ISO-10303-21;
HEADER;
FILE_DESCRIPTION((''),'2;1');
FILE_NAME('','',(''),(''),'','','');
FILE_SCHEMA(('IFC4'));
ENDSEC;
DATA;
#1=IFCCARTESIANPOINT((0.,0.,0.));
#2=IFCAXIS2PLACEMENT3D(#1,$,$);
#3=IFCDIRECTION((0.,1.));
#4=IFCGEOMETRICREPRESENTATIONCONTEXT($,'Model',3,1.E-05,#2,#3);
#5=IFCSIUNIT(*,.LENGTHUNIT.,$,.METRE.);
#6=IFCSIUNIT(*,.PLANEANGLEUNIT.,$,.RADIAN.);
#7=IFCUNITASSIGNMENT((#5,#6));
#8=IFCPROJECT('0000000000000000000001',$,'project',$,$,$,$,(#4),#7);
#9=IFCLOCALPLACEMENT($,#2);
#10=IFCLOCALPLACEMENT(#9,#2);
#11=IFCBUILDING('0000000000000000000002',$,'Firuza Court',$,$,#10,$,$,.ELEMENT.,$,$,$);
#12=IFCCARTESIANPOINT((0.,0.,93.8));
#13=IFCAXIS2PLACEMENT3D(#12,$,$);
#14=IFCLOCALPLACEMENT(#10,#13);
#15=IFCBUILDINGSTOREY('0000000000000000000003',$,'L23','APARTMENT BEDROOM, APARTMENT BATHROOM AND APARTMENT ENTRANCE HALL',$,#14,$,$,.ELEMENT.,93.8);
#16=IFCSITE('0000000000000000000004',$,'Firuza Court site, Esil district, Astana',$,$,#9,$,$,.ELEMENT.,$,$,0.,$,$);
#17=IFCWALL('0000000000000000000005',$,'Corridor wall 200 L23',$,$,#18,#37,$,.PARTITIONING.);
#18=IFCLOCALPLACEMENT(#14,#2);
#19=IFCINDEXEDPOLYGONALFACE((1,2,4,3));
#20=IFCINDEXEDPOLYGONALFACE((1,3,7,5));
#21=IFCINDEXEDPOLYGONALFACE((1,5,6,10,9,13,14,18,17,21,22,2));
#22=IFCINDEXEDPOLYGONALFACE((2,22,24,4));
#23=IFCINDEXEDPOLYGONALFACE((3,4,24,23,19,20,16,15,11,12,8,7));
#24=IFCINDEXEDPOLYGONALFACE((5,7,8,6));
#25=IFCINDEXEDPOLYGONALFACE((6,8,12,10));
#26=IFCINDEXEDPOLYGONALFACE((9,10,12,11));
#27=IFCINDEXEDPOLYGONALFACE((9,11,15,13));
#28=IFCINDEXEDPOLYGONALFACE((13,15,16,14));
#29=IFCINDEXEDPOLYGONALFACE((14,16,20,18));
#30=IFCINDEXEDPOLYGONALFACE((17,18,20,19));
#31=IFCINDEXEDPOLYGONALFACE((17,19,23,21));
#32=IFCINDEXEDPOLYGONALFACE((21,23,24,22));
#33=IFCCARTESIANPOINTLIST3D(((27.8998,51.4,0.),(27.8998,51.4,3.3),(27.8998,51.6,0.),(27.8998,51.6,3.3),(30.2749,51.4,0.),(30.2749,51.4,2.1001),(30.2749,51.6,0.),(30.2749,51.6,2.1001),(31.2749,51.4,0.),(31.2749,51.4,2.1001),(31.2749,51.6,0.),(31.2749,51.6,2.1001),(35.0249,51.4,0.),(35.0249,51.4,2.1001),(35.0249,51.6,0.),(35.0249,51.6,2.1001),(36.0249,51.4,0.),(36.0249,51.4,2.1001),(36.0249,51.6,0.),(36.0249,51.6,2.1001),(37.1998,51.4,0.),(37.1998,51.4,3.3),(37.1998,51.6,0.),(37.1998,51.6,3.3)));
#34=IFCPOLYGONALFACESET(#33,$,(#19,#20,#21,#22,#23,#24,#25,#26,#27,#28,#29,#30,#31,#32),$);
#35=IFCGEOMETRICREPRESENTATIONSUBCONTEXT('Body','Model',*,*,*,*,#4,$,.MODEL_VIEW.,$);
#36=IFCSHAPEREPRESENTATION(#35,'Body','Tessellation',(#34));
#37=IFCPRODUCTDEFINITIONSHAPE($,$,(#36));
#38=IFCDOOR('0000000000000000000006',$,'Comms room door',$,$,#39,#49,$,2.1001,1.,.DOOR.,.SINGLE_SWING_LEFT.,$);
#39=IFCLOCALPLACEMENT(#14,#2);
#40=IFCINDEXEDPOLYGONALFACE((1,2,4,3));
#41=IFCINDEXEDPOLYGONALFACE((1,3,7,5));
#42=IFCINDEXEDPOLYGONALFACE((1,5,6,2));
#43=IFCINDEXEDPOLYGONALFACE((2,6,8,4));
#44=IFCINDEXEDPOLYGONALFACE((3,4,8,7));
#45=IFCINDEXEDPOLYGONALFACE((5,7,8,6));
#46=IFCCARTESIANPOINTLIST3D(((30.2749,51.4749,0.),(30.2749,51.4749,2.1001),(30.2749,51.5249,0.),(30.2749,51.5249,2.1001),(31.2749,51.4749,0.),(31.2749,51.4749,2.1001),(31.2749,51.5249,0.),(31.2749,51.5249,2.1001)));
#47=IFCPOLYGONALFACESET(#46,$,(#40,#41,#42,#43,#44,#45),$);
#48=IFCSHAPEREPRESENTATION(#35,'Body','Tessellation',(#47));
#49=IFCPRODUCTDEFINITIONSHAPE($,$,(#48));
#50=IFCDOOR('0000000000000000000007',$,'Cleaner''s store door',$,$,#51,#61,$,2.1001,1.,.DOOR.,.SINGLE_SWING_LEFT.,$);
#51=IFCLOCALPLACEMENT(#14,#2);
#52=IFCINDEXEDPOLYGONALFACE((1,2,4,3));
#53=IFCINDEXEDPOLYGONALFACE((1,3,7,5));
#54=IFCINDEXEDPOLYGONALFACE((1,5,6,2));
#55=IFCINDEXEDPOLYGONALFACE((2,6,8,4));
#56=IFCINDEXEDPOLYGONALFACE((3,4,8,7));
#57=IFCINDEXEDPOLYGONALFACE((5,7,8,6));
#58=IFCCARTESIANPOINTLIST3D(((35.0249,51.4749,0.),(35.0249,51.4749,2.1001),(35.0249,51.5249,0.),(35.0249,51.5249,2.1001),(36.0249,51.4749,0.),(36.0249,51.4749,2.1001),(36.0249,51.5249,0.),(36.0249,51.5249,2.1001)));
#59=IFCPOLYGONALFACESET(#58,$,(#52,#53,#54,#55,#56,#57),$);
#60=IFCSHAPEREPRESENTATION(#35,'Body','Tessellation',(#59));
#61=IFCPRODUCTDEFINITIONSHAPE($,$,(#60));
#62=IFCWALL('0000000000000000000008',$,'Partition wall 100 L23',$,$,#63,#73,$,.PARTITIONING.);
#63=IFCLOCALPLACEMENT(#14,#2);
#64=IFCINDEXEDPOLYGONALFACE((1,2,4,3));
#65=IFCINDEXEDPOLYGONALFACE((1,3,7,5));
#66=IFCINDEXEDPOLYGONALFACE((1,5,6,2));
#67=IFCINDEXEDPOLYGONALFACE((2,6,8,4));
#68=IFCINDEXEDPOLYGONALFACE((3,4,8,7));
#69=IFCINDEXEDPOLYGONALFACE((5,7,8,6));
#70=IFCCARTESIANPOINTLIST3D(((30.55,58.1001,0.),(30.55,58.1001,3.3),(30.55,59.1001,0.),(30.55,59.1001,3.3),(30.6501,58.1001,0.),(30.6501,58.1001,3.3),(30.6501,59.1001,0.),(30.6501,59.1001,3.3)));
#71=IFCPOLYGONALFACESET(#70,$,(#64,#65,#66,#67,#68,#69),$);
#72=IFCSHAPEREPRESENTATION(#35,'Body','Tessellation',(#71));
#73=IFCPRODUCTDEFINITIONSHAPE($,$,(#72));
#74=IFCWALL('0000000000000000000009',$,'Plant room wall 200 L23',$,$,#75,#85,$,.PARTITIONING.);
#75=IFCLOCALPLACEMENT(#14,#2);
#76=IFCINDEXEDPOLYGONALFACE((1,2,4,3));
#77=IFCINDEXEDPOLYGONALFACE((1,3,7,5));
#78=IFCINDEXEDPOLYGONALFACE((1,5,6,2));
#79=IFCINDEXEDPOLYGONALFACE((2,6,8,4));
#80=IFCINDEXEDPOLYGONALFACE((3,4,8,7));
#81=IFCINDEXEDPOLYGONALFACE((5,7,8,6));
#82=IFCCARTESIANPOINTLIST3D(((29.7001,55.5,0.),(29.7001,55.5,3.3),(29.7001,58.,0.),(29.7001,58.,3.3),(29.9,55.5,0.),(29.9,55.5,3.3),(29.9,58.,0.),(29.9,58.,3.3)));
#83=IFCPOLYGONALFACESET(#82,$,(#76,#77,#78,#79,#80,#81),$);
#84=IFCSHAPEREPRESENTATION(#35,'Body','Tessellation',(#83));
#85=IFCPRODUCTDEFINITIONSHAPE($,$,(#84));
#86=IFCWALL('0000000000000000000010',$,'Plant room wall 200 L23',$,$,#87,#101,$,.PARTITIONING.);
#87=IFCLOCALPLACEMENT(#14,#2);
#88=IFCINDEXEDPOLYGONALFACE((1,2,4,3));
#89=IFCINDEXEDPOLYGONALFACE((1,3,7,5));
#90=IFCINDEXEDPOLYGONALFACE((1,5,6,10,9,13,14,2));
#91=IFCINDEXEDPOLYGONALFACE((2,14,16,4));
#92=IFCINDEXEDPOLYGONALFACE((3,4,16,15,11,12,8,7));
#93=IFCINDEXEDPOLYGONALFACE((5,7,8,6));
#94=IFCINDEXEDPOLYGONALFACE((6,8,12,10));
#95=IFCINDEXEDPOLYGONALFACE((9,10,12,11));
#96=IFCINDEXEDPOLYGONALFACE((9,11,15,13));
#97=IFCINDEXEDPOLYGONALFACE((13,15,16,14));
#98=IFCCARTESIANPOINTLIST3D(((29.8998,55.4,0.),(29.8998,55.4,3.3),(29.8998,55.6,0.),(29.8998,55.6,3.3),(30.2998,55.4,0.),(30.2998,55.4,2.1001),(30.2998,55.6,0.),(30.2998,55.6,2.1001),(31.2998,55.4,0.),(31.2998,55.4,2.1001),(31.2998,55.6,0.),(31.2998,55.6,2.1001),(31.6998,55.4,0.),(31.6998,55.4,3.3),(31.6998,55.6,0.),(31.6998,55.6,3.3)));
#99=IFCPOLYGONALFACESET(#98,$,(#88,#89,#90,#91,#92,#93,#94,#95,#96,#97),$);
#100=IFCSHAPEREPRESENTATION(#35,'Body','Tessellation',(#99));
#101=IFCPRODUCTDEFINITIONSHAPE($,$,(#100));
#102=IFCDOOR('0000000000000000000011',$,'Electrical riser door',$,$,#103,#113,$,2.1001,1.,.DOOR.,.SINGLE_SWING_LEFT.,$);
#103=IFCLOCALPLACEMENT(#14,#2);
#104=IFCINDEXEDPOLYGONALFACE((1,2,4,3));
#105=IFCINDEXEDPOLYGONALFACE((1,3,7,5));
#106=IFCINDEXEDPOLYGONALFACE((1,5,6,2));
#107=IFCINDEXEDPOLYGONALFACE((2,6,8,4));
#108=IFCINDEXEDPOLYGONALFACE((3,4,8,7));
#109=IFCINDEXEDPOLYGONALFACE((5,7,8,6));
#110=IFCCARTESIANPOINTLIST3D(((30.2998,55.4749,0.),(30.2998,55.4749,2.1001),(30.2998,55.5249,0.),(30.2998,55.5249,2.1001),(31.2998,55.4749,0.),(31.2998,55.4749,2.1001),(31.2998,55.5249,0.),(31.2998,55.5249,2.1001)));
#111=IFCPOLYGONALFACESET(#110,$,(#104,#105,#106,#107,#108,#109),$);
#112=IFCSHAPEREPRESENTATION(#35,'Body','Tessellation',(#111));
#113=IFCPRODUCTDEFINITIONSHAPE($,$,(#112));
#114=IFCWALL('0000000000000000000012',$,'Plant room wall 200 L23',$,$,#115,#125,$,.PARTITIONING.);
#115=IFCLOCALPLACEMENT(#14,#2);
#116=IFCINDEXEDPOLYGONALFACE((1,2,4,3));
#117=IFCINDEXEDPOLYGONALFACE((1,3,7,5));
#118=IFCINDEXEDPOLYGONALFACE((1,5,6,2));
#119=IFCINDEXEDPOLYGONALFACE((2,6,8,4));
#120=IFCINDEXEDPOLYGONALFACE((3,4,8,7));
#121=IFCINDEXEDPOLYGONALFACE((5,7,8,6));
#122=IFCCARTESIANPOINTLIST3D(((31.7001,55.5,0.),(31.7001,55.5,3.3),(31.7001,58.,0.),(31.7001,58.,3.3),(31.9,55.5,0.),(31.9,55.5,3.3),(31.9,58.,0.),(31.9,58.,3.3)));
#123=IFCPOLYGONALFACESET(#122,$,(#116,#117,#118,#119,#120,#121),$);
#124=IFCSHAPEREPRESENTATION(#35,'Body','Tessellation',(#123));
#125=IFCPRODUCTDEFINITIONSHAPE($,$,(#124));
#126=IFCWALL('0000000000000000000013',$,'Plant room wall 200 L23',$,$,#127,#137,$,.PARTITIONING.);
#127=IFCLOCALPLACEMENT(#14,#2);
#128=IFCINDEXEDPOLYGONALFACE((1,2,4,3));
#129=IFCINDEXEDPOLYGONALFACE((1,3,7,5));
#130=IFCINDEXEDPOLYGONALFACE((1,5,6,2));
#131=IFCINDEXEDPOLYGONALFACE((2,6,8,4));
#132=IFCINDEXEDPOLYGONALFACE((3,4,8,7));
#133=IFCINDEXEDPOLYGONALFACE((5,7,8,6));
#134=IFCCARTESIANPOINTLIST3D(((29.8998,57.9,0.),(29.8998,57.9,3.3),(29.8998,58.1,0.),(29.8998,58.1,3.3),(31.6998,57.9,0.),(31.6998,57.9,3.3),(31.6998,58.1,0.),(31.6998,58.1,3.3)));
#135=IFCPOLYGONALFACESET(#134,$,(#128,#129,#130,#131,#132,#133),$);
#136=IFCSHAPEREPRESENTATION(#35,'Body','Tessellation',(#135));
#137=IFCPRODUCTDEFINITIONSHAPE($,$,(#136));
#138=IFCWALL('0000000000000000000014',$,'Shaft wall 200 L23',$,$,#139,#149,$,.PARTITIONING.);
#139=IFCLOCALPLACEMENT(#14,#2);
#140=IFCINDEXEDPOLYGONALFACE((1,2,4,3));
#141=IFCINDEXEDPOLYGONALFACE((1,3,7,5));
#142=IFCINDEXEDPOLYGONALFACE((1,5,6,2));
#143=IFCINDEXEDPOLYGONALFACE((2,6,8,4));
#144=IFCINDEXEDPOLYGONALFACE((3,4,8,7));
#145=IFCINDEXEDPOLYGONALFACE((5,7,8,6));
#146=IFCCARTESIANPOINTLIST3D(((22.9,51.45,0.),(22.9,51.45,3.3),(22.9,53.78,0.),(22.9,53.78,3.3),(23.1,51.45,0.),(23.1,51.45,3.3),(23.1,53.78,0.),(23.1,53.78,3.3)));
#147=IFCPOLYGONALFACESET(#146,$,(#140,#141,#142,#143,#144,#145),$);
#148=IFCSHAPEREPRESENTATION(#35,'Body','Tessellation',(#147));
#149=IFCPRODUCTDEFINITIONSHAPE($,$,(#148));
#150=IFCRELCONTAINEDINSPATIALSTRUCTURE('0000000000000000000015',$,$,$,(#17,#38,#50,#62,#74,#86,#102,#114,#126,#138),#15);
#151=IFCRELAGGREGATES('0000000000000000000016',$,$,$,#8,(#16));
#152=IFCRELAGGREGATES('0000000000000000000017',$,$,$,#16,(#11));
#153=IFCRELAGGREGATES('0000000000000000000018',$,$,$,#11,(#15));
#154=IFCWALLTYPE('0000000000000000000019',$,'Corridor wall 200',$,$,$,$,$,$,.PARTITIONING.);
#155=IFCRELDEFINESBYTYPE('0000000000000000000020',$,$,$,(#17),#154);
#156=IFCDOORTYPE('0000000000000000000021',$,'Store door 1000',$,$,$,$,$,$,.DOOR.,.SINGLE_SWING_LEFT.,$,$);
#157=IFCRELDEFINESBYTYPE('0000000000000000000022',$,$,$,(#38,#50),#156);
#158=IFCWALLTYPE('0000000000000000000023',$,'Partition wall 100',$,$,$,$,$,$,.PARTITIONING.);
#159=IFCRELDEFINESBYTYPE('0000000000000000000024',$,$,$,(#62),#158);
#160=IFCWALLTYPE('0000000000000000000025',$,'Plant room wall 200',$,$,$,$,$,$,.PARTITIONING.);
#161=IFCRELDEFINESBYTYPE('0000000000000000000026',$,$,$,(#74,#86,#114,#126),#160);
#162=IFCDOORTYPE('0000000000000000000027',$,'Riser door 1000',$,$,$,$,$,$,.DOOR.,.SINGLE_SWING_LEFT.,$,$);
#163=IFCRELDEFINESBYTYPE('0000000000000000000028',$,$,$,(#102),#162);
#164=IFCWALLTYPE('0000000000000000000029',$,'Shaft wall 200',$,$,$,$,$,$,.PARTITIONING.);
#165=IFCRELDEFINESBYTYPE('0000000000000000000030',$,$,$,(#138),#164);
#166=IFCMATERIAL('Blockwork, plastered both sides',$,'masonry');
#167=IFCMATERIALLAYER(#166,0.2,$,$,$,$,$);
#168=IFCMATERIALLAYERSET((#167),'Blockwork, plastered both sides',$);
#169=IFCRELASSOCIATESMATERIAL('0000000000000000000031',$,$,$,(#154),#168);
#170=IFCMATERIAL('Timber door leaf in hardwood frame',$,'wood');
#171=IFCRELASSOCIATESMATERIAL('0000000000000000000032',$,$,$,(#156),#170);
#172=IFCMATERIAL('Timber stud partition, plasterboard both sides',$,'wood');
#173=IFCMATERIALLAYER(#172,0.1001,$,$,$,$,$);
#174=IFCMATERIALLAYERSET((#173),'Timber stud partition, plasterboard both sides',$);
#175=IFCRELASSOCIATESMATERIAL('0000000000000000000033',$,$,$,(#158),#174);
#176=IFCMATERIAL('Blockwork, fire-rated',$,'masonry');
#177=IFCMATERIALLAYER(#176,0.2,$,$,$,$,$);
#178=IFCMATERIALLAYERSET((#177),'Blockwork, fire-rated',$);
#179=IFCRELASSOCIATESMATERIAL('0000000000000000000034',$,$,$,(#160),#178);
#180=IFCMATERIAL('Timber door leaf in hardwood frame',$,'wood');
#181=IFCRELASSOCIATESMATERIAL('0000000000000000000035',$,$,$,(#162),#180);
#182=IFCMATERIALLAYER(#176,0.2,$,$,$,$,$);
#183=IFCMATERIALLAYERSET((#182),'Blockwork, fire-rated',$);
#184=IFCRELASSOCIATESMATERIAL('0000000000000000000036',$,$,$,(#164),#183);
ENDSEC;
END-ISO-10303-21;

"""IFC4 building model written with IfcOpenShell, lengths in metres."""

from ifc_helpers import new_model, si_unit, direction, frame, frame_2d, origin, place, context, subcontext, project, spatial, rectangle, extrude, material, layer, layer_set, type_object, element, fill, save


model = new_model("IFC4")

# Units and contexts
model_context = context("Model", 3, precision=1e-05, world=origin(), true_north=direction((0.0, 1.0)))
body_context = subcontext(model_context, "Body", "Model", "MODEL_VIEW")
ifc_project = project(units=[si_unit("LENGTHUNIT", "METRE"), si_unit("PLANEANGLEUNIT", "RADIAN")], contexts=[model_context])

# Site, building, storey
site_placement = place(None, origin())
site = spatial("IfcSite", under=ifc_project, at=site_placement, Name="Firuza Court site, Esil district, Astana", CompositionType="ELEMENT", RefElevation=0.0)
building_placement = place(site_placement, origin())
building = spatial("IfcBuilding", under=site, at=building_placement, Name="Firuza Court", CompositionType="ELEMENT")
storey_placement = place(building_placement, frame((0.0, 0.0, 93.8)))
storey = spatial("IfcBuildingStorey", under=building, at=storey_placement, Name="L23", Description="APARTMENT BEDROOM, APARTMENT BATHROOM AND APARTMENT ENTRANCE HALL", CompositionType="ELEMENT", Elevation=93.8)

# Wall, openings, doors
ifc_material_1 = material(Name="Blockwork, plastered both sides", Category="masonry")
ifc_layer_1 = layer(ifc_material_1, 0.2)
ifc_layer_set_1 = layer_set([ifc_layer_1], Name="Blockwork, plastered both sides")
wall_type_1 = type_object("IfcWallType", Name="Corridor wall 200", PredefinedType="PARTITIONING", material=ifc_layer_set_1)
wall_1_placement = place(storey_placement, frame((27.8999, 51.5, 0.0), z_axis=(0.0, 0.0, 1.0), x_axis=(1.0, 0.0, 0.0)))
wall_1 = element("IfcWall", 1, at=wall_1_placement, inside=storey, type_object=wall_type_1, Name="Corridor wall 200 L23", PredefinedType="PARTITIONING", context=body_context, shape_type="SweptSolid", body=[
    extrude(rectangle(XDim=9.3, YDim=0.2, at=frame_2d((4.6499, 0.0))), origin(), (0.0, 0.0, 1.0), 3.3),
])
opening_1_placement = place(wall_1_placement, frame((2.375, 0.0, 0.0)))
opening_1 = element("IfcOpeningElement", 2, at=opening_1_placement, cuts=wall_1, PredefinedType="OPENING", context=body_context, shape_type="SweptSolid", body=[
    extrude(rectangle(XDim=1.0, YDim=2.1001, at=frame_2d((0.5, 1.05))), frame((0.0, 0.1118, 0.0), z_axis=(0.0, -1.0, 0.0), x_axis=(1.0, 0.0, 0.0)), (0.0, 0.0, 1.0), 0.2239),
])
opening_2_placement = place(wall_1_placement, frame((7.125, 0.0, 0.0)))
opening_2 = element("IfcOpeningElement", 3, at=opening_2_placement, cuts=wall_1, PredefinedType="OPENING", context=body_context, shape_type="SweptSolid", body=[
    extrude(rectangle(XDim=1.0, YDim=2.1001, at=frame_2d((0.5, 1.05))), frame((0.0, 0.1118, 0.0), z_axis=(0.0, -1.0, 0.0), x_axis=(1.0, 0.0, 0.0)), (0.0, 0.0, 1.0), 0.2239),
])
ifc_material_2 = material(Name="Timber door leaf in hardwood frame", Category="wood")
door_type_1 = type_object("IfcDoorType", Name="Store door 1000", OperationType="SINGLE_SWING_LEFT", PredefinedType="DOOR", material=ifc_material_2)
door_1_placement = place(opening_1_placement, origin())
door_1 = element("IfcDoor", 4, at=door_1_placement, inside=storey, type_object=door_type_1, Name="Comms room door", OperationType="SINGLE_SWING_LEFT", OverallHeight=2.1001, OverallWidth=1.0, PredefinedType="DOOR", context=body_context, shape_type="SweptSolid", body=[
    extrude(rectangle(XDim=1.0, YDim=2.1001, at=frame_2d((0.5, 1.05))), frame((0.0, 0.0249, 0.0), z_axis=(0.0, -1.0, 0.0), x_axis=(1.0, 0.0, 0.0)), (0.0, 0.0, 1.0), 0.05),
])
fill(opening_1, door_1)
door_2_placement = place(opening_2_placement, origin())
door_2 = element("IfcDoor", 5, at=door_2_placement, inside=storey, type_object=door_type_1, Name="Cleaner's store door", OperationType="SINGLE_SWING_LEFT", OverallHeight=2.1001, OverallWidth=1.0, PredefinedType="DOOR", context=body_context, shape_type="SweptSolid", body=[
    extrude(rectangle(XDim=1.0, YDim=2.1001, at=frame_2d((0.5, 1.05))), frame((0.0, 0.0249, 0.0), z_axis=(0.0, -1.0, 0.0), x_axis=(1.0, 0.0, 0.0)), (0.0, 0.0, 1.0), 0.05),
])
fill(opening_2, door_2)

# Walls
ifc_material_3 = material(Name="Timber stud partition, plasterboard both sides", Category="wood")
ifc_layer_2 = layer(ifc_material_3, 0.1001)
ifc_layer_set_2 = layer_set([ifc_layer_2], Name="Timber stud partition, plasterboard both sides")
wall_type_2 = type_object("IfcWallType", Name="Partition wall 100", PredefinedType="PARTITIONING", material=ifc_layer_set_2)
wall_2_placement = place(storey_placement, frame((30.6001, 58.1001, 0.0), z_axis=(0.0, 0.0, 1.0), x_axis=(0.0, 1.0, 0.0)))
element("IfcWall", 6, at=wall_2_placement, inside=storey, type_object=wall_type_2, Name="Partition wall 100 L23", PredefinedType="PARTITIONING", context=body_context, shape_type="SweptSolid", body=[
    extrude(rectangle(XDim=1.0, YDim=0.1001, at=frame_2d((0.5, 0.0))), origin(), (0.0, 0.0, 1.0), 3.3),
])
ifc_material_4 = material(Name="Blockwork, fire-rated", Category="masonry")
ifc_layer_3 = layer(ifc_material_4, 0.2)
ifc_layer_set_3 = layer_set([ifc_layer_3], Name="Blockwork, fire-rated")
wall_type_3 = type_object("IfcWallType", Name="Plant room wall 200", PredefinedType="PARTITIONING", material=ifc_layer_set_3)
wall_3_placement = place(storey_placement, frame((29.8, 55.5, 0.0), z_axis=(0.0, 0.0, 1.0), x_axis=(0.0, 1.0, 0.0)))
element("IfcWall", 7, at=wall_3_placement, inside=storey, type_object=wall_type_3, Name="Plant room wall 200 L23", PredefinedType="PARTITIONING", context=body_context, shape_type="SweptSolid", body=[
    extrude(rectangle(XDim=2.5, YDim=0.2, at=frame_2d((1.25, 0.0))), origin(), (0.0, 0.0, 1.0), 3.3),
])

# Wall, opening, door
wall_4_placement = place(storey_placement, frame((29.8999, 55.5, 0.0), z_axis=(0.0, 0.0, 1.0), x_axis=(1.0, 0.0, 0.0)))
wall_4 = element("IfcWall", 8, at=wall_4_placement, inside=storey, type_object=wall_type_3, Name="Plant room wall 200 L23", PredefinedType="PARTITIONING", context=body_context, shape_type="SweptSolid", body=[
    extrude(rectangle(XDim=1.8, YDim=0.2, at=frame_2d((0.8999, 0.0))), origin(), (0.0, 0.0, 1.0), 3.3),
])
opening_3_placement = place(wall_4_placement, frame((0.3999, 0.0, 0.0)))
opening_3 = element("IfcOpeningElement", 9, at=opening_3_placement, cuts=wall_4, PredefinedType="OPENING", context=body_context, shape_type="SweptSolid", body=[
    extrude(rectangle(XDim=1.0, YDim=2.1001, at=frame_2d((0.5, 1.05))), frame((0.0, 0.1118, 0.0), z_axis=(0.0, -1.0, 0.0), x_axis=(1.0, 0.0, 0.0)), (0.0, 0.0, 1.0), 0.2239),
])
ifc_material_5 = material(Name="Timber door leaf in hardwood frame", Category="wood")
door_type_2 = type_object("IfcDoorType", Name="Riser door 1000", OperationType="SINGLE_SWING_LEFT", PredefinedType="DOOR", material=ifc_material_5)
door_3_placement = place(opening_3_placement, origin())
door_3 = element("IfcDoor", 10, at=door_3_placement, inside=storey, type_object=door_type_2, Name="Electrical riser door", OperationType="SINGLE_SWING_LEFT", OverallHeight=2.1001, OverallWidth=1.0, PredefinedType="DOOR", context=body_context, shape_type="SweptSolid", body=[
    extrude(rectangle(XDim=1.0, YDim=2.1001, at=frame_2d((0.5, 1.05))), frame((0.0, 0.0249, 0.0), z_axis=(0.0, -1.0, 0.0), x_axis=(1.0, 0.0, 0.0)), (0.0, 0.0, 1.0), 0.05),
])
fill(opening_3, door_3)

# Walls
wall_5_placement = place(storey_placement, frame((31.8, 55.5, 0.0), z_axis=(0.0, 0.0, 1.0), x_axis=(0.0, 1.0, 0.0)))
element("IfcWall", 11, at=wall_5_placement, inside=storey, type_object=wall_type_3, Name="Plant room wall 200 L23", PredefinedType="PARTITIONING", context=body_context, shape_type="SweptSolid", body=[
    extrude(rectangle(XDim=2.5, YDim=0.2, at=frame_2d((1.25, 0.0))), origin(), (0.0, 0.0, 1.0), 3.3),
])
wall_6_placement = place(storey_placement, frame((29.8999, 58.0, 0.0), z_axis=(0.0, 0.0, 1.0), x_axis=(1.0, 0.0, 0.0)))
element("IfcWall", 12, at=wall_6_placement, inside=storey, type_object=wall_type_3, Name="Plant room wall 200 L23", PredefinedType="PARTITIONING", context=body_context, shape_type="SweptSolid", body=[
    extrude(rectangle(XDim=1.8, YDim=0.2, at=frame_2d((0.8999, 0.0))), origin(), (0.0, 0.0, 1.0), 3.3),
])
ifc_layer_4 = layer(ifc_material_4, 0.2)
ifc_layer_set_4 = layer_set([ifc_layer_4], Name="Blockwork, fire-rated")
wall_type_4 = type_object("IfcWallType", Name="Shaft wall 200", PredefinedType="PARTITIONING", material=ifc_layer_set_4)
wall_7_placement = place(storey_placement, frame((23.0, 51.45, 0.0), z_axis=(0.0, 0.0, 1.0), x_axis=(0.0, 1.0, 0.0)))
element("IfcWall", 13, at=wall_7_placement, inside=storey, type_object=wall_type_4, Name="Shaft wall 200 L23", PredefinedType="PARTITIONING", context=body_context, shape_type="SweptSolid", body=[
    extrude(rectangle(XDim=2.3301, YDim=0.2, at=frame_2d((1.165, 0.0))), origin(), (0.0, 0.0, 1.0), 3.3),
])

save(model, "model.ifc")
